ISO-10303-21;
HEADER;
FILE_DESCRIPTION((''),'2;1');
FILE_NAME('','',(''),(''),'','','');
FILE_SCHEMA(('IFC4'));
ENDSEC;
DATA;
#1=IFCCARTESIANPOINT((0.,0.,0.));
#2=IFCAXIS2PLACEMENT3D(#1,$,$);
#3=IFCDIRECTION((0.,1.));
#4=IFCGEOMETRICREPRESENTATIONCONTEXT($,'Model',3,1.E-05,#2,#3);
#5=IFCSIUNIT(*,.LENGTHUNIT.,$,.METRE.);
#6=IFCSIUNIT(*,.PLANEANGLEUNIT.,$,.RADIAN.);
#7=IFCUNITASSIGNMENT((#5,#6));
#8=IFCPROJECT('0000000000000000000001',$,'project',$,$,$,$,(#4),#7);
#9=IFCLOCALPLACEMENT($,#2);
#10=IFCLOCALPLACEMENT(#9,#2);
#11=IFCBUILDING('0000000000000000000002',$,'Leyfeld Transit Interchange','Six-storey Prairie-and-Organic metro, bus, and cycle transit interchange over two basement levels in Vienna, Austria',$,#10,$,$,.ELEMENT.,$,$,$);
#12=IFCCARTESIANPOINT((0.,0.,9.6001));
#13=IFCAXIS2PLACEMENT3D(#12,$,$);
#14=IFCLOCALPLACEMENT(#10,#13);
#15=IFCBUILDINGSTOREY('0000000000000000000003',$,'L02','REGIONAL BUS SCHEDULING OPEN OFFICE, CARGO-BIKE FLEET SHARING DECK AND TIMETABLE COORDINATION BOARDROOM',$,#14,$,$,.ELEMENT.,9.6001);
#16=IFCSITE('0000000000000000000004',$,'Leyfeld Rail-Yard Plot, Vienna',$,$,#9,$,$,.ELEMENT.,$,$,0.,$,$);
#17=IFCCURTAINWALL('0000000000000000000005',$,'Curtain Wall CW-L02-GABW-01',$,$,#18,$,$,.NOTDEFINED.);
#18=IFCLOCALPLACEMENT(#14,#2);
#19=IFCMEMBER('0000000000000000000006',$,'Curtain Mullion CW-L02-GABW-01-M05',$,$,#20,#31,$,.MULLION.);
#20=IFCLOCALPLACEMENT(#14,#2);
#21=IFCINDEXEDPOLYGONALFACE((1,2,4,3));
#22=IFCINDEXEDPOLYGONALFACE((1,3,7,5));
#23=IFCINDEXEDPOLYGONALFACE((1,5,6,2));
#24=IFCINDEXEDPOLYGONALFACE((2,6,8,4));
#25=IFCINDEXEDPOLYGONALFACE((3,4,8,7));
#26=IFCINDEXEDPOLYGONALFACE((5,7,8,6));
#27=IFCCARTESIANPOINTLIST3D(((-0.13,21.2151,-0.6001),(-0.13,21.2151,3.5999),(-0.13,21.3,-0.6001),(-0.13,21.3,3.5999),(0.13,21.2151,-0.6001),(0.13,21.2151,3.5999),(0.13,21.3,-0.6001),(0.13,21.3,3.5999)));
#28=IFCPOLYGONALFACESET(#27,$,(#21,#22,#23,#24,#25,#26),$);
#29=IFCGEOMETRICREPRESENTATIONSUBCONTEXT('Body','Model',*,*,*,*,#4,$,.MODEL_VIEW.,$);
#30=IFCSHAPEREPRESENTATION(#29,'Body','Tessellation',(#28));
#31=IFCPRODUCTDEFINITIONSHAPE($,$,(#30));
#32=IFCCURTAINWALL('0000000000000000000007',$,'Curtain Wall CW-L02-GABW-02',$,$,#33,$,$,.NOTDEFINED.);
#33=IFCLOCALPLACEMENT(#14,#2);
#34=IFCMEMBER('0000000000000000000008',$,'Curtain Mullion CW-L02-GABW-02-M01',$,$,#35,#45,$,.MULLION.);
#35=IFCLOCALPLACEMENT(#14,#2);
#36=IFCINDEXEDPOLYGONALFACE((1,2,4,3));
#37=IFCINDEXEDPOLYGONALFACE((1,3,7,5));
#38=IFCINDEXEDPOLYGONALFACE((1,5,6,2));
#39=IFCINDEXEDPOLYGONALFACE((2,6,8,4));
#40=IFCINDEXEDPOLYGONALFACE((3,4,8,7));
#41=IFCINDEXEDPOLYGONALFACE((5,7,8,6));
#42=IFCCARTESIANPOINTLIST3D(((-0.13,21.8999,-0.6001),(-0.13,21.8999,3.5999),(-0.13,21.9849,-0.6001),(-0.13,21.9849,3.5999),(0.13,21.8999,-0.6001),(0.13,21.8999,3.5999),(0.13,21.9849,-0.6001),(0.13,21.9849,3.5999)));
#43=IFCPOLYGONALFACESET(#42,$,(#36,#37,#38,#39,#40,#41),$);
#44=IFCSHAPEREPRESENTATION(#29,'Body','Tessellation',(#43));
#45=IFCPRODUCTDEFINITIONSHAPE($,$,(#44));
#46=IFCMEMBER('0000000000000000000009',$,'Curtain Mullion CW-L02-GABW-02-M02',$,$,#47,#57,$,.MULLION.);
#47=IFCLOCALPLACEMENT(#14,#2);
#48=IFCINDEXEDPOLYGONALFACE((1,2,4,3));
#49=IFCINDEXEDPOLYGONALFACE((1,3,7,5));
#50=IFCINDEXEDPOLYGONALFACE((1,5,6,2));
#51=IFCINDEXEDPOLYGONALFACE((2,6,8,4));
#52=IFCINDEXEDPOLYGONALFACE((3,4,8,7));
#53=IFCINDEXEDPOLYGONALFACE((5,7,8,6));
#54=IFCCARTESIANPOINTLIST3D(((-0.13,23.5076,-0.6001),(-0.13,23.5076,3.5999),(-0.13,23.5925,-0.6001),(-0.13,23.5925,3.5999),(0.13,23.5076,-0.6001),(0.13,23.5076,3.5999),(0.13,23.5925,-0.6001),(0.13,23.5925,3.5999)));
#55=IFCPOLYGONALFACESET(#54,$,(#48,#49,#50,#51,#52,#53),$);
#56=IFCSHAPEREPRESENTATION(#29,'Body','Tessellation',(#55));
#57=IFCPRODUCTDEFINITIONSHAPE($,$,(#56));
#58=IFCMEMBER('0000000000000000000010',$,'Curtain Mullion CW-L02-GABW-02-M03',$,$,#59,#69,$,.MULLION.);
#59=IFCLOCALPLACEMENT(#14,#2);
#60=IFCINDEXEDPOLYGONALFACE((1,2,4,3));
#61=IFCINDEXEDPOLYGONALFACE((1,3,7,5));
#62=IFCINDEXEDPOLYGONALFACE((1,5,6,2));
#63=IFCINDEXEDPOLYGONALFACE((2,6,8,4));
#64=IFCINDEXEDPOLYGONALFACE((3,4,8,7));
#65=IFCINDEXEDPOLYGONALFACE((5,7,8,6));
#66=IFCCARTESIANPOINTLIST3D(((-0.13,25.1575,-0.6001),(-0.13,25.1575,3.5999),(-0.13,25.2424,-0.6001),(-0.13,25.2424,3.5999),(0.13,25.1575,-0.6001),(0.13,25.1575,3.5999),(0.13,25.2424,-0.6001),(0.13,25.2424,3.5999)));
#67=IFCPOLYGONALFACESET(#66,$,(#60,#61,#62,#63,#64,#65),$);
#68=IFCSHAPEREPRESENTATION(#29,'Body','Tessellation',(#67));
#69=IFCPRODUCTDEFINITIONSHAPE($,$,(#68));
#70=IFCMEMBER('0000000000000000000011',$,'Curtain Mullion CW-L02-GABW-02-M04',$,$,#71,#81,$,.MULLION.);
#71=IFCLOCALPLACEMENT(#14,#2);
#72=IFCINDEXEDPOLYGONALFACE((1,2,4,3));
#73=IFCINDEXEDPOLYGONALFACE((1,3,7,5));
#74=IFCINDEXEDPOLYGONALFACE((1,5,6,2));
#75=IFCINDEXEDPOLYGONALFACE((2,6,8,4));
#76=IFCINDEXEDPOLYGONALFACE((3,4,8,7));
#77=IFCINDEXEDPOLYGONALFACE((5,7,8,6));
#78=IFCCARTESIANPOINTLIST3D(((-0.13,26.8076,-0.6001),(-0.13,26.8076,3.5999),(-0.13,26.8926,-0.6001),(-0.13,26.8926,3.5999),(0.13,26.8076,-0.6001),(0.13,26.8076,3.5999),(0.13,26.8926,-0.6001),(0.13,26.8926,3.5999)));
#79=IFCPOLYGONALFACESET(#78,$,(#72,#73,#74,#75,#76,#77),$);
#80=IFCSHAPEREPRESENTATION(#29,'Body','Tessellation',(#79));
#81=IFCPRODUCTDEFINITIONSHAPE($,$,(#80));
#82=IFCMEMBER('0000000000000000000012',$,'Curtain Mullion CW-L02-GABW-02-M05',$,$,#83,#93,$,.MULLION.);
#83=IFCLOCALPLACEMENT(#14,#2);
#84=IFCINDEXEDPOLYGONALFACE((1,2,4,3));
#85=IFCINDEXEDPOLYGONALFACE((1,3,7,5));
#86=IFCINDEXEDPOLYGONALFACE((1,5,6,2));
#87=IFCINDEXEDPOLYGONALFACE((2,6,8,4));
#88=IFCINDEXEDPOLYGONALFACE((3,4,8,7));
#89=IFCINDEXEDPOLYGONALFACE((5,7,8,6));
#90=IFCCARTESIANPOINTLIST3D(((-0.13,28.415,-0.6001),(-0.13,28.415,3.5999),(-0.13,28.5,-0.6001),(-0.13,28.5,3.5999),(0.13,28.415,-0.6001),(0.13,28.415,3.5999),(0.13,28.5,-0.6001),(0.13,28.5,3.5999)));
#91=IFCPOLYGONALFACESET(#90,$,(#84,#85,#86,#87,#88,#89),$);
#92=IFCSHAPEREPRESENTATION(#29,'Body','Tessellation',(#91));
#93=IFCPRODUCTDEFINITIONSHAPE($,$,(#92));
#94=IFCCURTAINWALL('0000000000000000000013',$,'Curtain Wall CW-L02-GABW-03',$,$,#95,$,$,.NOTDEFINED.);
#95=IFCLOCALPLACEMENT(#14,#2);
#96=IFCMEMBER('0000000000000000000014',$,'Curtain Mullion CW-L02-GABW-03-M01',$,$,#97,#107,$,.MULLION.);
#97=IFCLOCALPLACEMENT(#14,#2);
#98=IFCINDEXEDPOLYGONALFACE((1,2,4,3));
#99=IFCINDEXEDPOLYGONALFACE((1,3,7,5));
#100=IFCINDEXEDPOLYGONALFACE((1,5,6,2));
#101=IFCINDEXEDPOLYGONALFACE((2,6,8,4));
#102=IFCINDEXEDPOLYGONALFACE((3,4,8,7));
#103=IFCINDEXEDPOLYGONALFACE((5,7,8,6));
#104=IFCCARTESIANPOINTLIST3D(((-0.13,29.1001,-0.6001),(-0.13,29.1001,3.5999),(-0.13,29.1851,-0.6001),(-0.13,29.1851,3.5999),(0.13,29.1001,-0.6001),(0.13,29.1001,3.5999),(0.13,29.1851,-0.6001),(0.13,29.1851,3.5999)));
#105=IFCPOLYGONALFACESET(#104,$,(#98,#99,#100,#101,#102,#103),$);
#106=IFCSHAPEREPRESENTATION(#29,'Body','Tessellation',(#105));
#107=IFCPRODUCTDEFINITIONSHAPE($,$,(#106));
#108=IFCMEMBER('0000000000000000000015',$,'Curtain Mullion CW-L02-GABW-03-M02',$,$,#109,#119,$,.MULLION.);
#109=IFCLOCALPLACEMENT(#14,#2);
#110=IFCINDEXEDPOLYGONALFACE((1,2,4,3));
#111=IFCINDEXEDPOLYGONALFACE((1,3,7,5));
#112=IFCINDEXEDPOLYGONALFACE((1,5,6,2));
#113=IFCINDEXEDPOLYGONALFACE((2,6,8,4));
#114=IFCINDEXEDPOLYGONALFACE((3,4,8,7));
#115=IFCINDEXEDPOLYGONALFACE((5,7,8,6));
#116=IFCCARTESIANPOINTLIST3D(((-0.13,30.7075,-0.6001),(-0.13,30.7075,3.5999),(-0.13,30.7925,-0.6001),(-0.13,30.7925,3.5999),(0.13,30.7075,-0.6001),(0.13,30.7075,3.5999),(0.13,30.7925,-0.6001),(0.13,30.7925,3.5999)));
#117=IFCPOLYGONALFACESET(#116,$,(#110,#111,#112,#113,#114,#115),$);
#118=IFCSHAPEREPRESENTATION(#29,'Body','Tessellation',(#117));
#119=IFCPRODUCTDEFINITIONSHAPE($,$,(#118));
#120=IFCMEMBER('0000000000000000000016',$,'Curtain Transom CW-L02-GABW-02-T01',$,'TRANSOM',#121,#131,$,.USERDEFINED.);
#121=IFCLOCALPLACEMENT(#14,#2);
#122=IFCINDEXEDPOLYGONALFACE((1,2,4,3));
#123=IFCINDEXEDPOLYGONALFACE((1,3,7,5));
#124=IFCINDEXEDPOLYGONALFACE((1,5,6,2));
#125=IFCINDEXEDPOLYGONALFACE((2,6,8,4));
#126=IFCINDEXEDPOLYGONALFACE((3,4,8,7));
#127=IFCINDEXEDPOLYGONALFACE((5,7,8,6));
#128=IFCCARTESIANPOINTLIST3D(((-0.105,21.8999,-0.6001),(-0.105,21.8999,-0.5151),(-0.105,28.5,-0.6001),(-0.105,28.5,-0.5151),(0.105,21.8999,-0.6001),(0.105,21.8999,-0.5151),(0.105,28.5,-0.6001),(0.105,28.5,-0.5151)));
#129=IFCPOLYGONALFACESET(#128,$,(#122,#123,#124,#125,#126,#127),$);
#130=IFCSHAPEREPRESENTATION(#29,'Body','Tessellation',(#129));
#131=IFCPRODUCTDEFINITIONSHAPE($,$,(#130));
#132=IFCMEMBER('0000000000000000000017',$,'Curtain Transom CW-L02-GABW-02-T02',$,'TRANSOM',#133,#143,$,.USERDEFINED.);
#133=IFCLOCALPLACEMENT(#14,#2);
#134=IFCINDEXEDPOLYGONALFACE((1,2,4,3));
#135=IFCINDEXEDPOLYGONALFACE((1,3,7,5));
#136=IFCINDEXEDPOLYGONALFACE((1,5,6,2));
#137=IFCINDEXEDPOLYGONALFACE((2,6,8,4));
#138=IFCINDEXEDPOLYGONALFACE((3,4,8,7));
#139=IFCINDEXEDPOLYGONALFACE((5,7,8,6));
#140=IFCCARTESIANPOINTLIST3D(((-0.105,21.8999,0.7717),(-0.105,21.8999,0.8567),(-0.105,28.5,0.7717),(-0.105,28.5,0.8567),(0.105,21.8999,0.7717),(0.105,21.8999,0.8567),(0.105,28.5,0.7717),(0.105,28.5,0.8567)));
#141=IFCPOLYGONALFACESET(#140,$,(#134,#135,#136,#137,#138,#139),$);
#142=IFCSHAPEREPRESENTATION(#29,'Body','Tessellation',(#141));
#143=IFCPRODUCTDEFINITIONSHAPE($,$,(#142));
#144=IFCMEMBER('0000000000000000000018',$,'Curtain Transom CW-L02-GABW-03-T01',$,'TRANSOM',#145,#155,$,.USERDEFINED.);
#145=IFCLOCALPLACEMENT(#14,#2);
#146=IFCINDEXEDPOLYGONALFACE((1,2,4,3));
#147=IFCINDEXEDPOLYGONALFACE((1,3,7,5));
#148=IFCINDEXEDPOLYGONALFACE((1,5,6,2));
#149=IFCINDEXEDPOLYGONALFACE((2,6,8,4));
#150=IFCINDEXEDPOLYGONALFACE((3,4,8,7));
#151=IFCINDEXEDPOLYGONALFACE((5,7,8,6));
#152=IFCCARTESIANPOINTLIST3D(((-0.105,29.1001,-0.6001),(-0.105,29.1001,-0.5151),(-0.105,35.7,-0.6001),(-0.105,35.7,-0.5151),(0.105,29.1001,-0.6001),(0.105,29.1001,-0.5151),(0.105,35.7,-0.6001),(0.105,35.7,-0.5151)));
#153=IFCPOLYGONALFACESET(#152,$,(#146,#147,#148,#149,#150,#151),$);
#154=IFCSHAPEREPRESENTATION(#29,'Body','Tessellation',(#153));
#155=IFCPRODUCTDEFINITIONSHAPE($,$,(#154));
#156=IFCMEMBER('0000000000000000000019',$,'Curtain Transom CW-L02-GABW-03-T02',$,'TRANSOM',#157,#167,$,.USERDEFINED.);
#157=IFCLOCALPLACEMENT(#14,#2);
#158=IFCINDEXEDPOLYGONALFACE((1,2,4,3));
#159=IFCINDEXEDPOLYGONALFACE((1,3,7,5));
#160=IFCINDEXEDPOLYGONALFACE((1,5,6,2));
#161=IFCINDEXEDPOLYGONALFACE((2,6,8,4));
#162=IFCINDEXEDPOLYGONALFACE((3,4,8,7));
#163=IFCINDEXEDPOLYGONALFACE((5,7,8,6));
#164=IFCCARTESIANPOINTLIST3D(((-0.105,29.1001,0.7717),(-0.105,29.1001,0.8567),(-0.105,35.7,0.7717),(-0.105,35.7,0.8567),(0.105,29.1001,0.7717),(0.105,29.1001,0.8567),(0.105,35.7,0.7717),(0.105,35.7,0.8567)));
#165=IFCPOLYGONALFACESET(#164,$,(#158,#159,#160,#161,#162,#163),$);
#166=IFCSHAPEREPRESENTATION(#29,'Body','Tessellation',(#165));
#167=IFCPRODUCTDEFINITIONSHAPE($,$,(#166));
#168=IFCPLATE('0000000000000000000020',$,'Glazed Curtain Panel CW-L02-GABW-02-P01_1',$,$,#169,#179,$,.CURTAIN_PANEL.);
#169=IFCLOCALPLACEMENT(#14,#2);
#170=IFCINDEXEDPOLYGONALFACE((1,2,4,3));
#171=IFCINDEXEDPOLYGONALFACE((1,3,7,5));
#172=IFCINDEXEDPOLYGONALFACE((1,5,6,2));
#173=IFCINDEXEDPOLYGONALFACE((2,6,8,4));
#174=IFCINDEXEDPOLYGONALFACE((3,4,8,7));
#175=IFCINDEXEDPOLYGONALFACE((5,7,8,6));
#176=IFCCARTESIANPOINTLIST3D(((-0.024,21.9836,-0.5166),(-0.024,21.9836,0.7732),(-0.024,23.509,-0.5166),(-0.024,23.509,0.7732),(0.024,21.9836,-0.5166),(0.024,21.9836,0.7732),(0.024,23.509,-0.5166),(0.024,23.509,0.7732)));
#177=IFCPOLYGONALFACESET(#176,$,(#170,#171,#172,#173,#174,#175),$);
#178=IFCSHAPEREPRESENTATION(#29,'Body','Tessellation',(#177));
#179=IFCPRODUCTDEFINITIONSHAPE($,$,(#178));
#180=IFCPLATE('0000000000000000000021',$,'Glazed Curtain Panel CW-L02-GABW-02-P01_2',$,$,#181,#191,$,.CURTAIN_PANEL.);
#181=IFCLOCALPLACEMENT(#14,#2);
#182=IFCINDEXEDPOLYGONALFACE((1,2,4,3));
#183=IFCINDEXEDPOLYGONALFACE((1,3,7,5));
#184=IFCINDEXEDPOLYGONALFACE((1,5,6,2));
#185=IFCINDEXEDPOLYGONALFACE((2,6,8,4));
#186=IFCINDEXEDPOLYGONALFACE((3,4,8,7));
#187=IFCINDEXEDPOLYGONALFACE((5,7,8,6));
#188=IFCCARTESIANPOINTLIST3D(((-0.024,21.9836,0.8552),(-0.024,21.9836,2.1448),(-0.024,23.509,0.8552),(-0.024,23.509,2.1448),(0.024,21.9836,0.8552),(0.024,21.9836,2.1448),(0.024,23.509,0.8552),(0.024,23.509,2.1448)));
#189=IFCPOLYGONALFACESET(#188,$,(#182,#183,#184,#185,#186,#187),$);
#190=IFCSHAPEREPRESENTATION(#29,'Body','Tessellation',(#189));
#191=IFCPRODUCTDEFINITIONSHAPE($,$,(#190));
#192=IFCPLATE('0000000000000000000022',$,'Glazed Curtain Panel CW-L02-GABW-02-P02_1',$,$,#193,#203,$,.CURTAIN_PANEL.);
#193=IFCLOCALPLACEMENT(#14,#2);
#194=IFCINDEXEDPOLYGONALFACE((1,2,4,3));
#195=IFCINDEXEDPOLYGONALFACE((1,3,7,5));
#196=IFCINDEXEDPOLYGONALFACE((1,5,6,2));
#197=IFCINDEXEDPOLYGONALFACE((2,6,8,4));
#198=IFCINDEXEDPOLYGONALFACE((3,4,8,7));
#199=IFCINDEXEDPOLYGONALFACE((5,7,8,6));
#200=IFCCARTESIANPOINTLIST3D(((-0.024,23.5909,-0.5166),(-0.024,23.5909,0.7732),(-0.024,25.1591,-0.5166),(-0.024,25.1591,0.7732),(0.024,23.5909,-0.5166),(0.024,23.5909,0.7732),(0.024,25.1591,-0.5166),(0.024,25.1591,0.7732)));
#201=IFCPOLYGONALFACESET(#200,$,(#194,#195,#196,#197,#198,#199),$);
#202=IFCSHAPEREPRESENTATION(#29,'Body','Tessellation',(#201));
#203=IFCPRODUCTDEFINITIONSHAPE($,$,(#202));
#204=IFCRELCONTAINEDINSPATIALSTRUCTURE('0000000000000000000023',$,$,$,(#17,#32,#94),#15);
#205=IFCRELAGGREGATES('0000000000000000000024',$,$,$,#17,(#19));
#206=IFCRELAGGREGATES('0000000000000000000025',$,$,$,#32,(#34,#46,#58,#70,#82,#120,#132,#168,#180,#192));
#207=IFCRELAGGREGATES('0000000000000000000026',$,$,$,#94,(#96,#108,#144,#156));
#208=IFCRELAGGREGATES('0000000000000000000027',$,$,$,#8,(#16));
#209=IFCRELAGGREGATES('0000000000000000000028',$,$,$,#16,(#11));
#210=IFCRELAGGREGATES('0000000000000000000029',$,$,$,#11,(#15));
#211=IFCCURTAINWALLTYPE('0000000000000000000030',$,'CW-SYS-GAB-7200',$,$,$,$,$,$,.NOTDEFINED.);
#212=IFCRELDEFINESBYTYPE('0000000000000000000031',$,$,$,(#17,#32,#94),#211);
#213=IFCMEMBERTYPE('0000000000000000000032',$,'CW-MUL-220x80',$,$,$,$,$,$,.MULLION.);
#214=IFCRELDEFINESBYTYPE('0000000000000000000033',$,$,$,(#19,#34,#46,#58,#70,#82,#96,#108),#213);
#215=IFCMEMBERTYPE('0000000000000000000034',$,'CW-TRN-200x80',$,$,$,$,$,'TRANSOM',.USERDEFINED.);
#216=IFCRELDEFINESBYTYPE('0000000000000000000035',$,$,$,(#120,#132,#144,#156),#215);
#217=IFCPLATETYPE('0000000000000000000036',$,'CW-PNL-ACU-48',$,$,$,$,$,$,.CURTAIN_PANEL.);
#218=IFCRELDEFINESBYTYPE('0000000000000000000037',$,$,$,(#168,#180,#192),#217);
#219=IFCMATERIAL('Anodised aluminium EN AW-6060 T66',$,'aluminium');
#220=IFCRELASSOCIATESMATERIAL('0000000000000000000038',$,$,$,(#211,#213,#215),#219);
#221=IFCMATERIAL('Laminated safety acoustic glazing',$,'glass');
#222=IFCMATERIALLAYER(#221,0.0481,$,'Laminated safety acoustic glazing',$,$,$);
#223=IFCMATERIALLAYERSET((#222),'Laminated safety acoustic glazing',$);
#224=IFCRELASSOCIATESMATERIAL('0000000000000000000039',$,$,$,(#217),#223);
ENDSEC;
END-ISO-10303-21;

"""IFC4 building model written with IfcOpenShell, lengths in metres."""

from ifc_helpers import new_model, si_unit, direction, frame, origin, origin_2d, place, context, subcontext, project, spatial, rectangle, extrude, material, layer, layer_set, material_profile, profile_set, type_object, element, aggregate, save


model = new_model("IFC4")

# Units and contexts
model_context = context("Model", 3, precision=1e-05, world=origin(), true_north=direction((0.0, 1.0)))
body_context = subcontext(model_context, "Body", "Model", "MODEL_VIEW")
ifc_project = project(units=[si_unit("LENGTHUNIT", "METRE"), si_unit("PLANEANGLEUNIT", "RADIAN")], contexts=[model_context])

# Site, building, storey
site_placement = place(None, origin())
site = spatial("IfcSite", under=ifc_project, at=site_placement, Name="Leyfeld Rail-Yard Plot, Vienna", CompositionType="ELEMENT", RefElevation=0.0)
building_placement = place(site_placement, origin())
building = spatial("IfcBuilding", under=site, at=building_placement, Name="Leyfeld Transit Interchange", Description="Six-storey Prairie-and-Organic metro, bus, and cycle transit interchange over two basement levels in Vienna, Austria", CompositionType="ELEMENT")
storey_placement = place(building_placement, frame((0.0, 0.0, 9.6001)))
storey = spatial("IfcBuildingStorey", under=building, at=storey_placement, Name="L02", Description="REGIONAL BUS SCHEDULING OPEN OFFICE, CARGO-BIKE FLEET SHARING DECK AND TIMETABLE COORDINATION BOARDROOM", CompositionType="ELEMENT", Elevation=9.6001)

# Curtain wall, member
ifc_material_1 = material(Name="Anodised aluminium EN AW-6060 T66", Category="aluminium")
curtain_wall_type = type_object("IfcCurtainWallType", Name="CW-SYS-GAB-7200", PredefinedType="NOTDEFINED", material=ifc_material_1)
curtain_wall_1_placement = place(storey_placement, origin())
curtain_wall_1 = element("IfcCurtainWall", 1, at=curtain_wall_1_placement, inside=storey, type_object=curtain_wall_type, Name="Curtain Wall CW-L02-GABW-01", PredefinedType="NOTDEFINED")
ifc_material_profile_1 = material_profile(ifc_material_1, rectangle(XDim=0.085, YDim=0.26, at=origin_2d()), Name="CW-M 85x260")
ifc_profile_set_1 = profile_set([ifc_material_profile_1], Name="Anodised aluminium EN AW-6060 T66")
member_type_1 = type_object("IfcMemberType", Name="CW-MUL-220x80", PredefinedType="MULLION", material=ifc_profile_set_1)
member_1_placement = place(storey_placement, frame((0.0, 21.2576, -0.6001), z_axis=(0.0, 0.0, 1.0), x_axis=(0.0, 1.0, 0.0)))
member_1 = element("IfcMember", 2, at=member_1_placement, type_object=member_type_1, Name="Curtain Mullion CW-L02-GABW-01-M05", PredefinedType="MULLION", context=body_context, shape_type="SweptSolid", body=[
    extrude(rectangle(XDim=0.085, YDim=0.26, at=origin_2d()), origin(), (0.0, 0.0, 1.0), 4.2),
])
aggregate(curtain_wall_1, [member_1])

# Curtain walls, members
curtain_wall_2_placement = place(storey_placement, origin())
curtain_wall_2 = element("IfcCurtainWall", 3, at=curtain_wall_2_placement, inside=storey, type_object=curtain_wall_type, Name="Curtain Wall CW-L02-GABW-02", PredefinedType="NOTDEFINED")
member_2_placement = place(storey_placement, frame((0.0, 21.9424, -0.6001), z_axis=(0.0, 0.0, 1.0), x_axis=(0.0, 1.0, 0.0)))
member_2 = element("IfcMember", 4, at=member_2_placement, type_object=member_type_1, Name="Curtain Mullion CW-L02-GABW-02-M01", PredefinedType="MULLION", context=body_context, shape_type="SweptSolid", body=[
    extrude(rectangle(XDim=0.085, YDim=0.26, at=origin_2d()), origin(), (0.0, 0.0, 1.0), 4.2),
])
member_3_placement = place(storey_placement, frame((0.0, 23.55, -0.6001), z_axis=(0.0, 0.0, 1.0), x_axis=(0.0, 1.0, 0.0)))
member_3 = element("IfcMember", 5, at=member_3_placement, type_object=member_type_1, Name="Curtain Mullion CW-L02-GABW-02-M02", PredefinedType="MULLION", context=body_context, shape_type="SweptSolid", body=[
    extrude(rectangle(XDim=0.085, YDim=0.26, at=origin_2d()), origin(), (0.0, 0.0, 1.0), 4.2),
])
member_4_placement = place(storey_placement, frame((0.0, 25.2, -0.6001), z_axis=(0.0, 0.0, 1.0), x_axis=(0.0, 1.0, 0.0)))
member_4 = element("IfcMember", 6, at=member_4_placement, type_object=member_type_1, Name="Curtain Mullion CW-L02-GABW-02-M03", PredefinedType="MULLION", context=body_context, shape_type="SweptSolid", body=[
    extrude(rectangle(XDim=0.085, YDim=0.26, at=origin_2d()), origin(), (0.0, 0.0, 1.0), 4.2),
])
member_5_placement = place(storey_placement, frame((0.0, 26.8501, -0.6001), z_axis=(0.0, 0.0, 1.0), x_axis=(0.0, 1.0, 0.0)))
member_5 = element("IfcMember", 7, at=member_5_placement, type_object=member_type_1, Name="Curtain Mullion CW-L02-GABW-02-M04", PredefinedType="MULLION", context=body_context, shape_type="SweptSolid", body=[
    extrude(rectangle(XDim=0.085, YDim=0.26, at=origin_2d()), origin(), (0.0, 0.0, 1.0), 4.2),
])
member_6_placement = place(storey_placement, frame((0.0, 28.4575, -0.6001), z_axis=(0.0, 0.0, 1.0), x_axis=(0.0, 1.0, 0.0)))
member_6 = element("IfcMember", 8, at=member_6_placement, type_object=member_type_1, Name="Curtain Mullion CW-L02-GABW-02-M05", PredefinedType="MULLION", context=body_context, shape_type="SweptSolid", body=[
    extrude(rectangle(XDim=0.085, YDim=0.26, at=origin_2d()), origin(), (0.0, 0.0, 1.0), 4.2),
])
curtain_wall_3_placement = place(storey_placement, origin())
curtain_wall_3 = element("IfcCurtainWall", 9, at=curtain_wall_3_placement, inside=storey, type_object=curtain_wall_type, Name="Curtain Wall CW-L02-GABW-03", PredefinedType="NOTDEFINED")
member_7_placement = place(storey_placement, frame((0.0, 29.1426, -0.6001), z_axis=(0.0, 0.0, 1.0), x_axis=(0.0, 1.0, 0.0)))
member_7 = element("IfcMember", 10, at=member_7_placement, type_object=member_type_1, Name="Curtain Mullion CW-L02-GABW-03-M01", PredefinedType="MULLION", context=body_context, shape_type="SweptSolid", body=[
    extrude(rectangle(XDim=0.085, YDim=0.26, at=origin_2d()), origin(), (0.0, 0.0, 1.0), 4.2),
])
member_8_placement = place(storey_placement, frame((0.0, 30.75, -0.6001), z_axis=(0.0, 0.0, 1.0), x_axis=(0.0, 1.0, 0.0)))
member_8 = element("IfcMember", 11, at=member_8_placement, type_object=member_type_1, Name="Curtain Mullion CW-L02-GABW-03-M02", PredefinedType="MULLION", context=body_context, shape_type="SweptSolid", body=[
    extrude(rectangle(XDim=0.085, YDim=0.26, at=origin_2d()), origin(), (0.0, 0.0, 1.0), 4.2),
])

# Members
ifc_material_profile_2 = material_profile(ifc_material_1, rectangle(XDim=0.21, YDim=0.085, at=origin_2d()), Name="CW-TRN-200x80")
ifc_profile_set_2 = profile_set([ifc_material_profile_2], Name="Anodised aluminium EN AW-6060 T66")
member_type_2 = type_object("IfcMemberType", Name="CW-TRN-200x80", ElementType="TRANSOM", PredefinedType="USERDEFINED", material=ifc_profile_set_2)
member_9_placement = place(storey_placement, frame((0.0, 21.8999, -0.5576), z_axis=(0.0, 1.0, 0.0), x_axis=(-1.0, 0.0, 0.0)))
member_9 = element("IfcMember", 12, at=member_9_placement, type_object=member_type_2, Name="Curtain Transom CW-L02-GABW-02-T01", ObjectType="TRANSOM", PredefinedType="USERDEFINED", context=body_context, shape_type="SweptSolid", body=[
    extrude(rectangle(XDim=0.21, YDim=0.085, at=origin_2d()), origin(), (0.0, 0.0, 1.0), 6.6001),
])
member_10_placement = place(storey_placement, frame((0.0, 21.8999, 0.8142), z_axis=(0.0, 1.0, 0.0), x_axis=(-1.0, 0.0, 0.0)))
member_10 = element("IfcMember", 13, at=member_10_placement, type_object=member_type_2, Name="Curtain Transom CW-L02-GABW-02-T02", ObjectType="TRANSOM", PredefinedType="USERDEFINED", context=body_context, shape_type="SweptSolid", body=[
    extrude(rectangle(XDim=0.21, YDim=0.085, at=origin_2d()), origin(), (0.0, 0.0, 1.0), 6.6001),
])
member_11_placement = place(storey_placement, frame((0.0, 29.1001, -0.5576), z_axis=(0.0, 1.0, 0.0), x_axis=(-1.0, 0.0, 0.0)))
member_11 = element("IfcMember", 14, at=member_11_placement, type_object=member_type_2, Name="Curtain Transom CW-L02-GABW-03-T01", ObjectType="TRANSOM", PredefinedType="USERDEFINED", context=body_context, shape_type="SweptSolid", body=[
    extrude(rectangle(XDim=0.21, YDim=0.085, at=origin_2d()), origin(), (0.0, 0.0, 1.0), 6.5999),
])
member_12_placement = place(storey_placement, frame((0.0, 29.1001, 0.8142), z_axis=(0.0, 1.0, 0.0), x_axis=(-1.0, 0.0, 0.0)))
member_12 = element("IfcMember", 15, at=member_12_placement, type_object=member_type_2, Name="Curtain Transom CW-L02-GABW-03-T02", ObjectType="TRANSOM", PredefinedType="USERDEFINED", context=body_context, shape_type="SweptSolid", body=[
    extrude(rectangle(XDim=0.21, YDim=0.085, at=origin_2d()), origin(), (0.0, 0.0, 1.0), 6.5999),
])

# Plates
ifc_material_2 = material(Name="Laminated safety acoustic glazing", Category="glass")
ifc_layer = layer(ifc_material_2, 0.0481, Name="Laminated safety acoustic glazing")
ifc_layer_set = layer_set([ifc_layer], Name="Laminated safety acoustic glazing")
plate_type = type_object("IfcPlateType", Name="CW-PNL-ACU-48", PredefinedType="CURTAIN_PANEL", material=ifc_layer_set)
plate_1_placement = place(storey_placement, frame((0.0, 22.7463, -0.5166), z_axis=(0.0, 0.0, 1.0), x_axis=(0.0, 1.0, 0.0)))
plate_1 = element("IfcPlate", 16, at=plate_1_placement, type_object=plate_type, Name="Glazed Curtain Panel CW-L02-GABW-02-P01_1", PredefinedType="CURTAIN_PANEL", context=body_context, shape_type="SweptSolid", body=[
    extrude(rectangle(XDim=1.5254, YDim=0.0481, at=origin_2d()), origin(), (0.0, 0.0, 1.0), 1.2898),
])
plate_2_placement = place(storey_placement, frame((0.0, 22.7463, 0.8552), z_axis=(0.0, 0.0, 1.0), x_axis=(0.0, 1.0, 0.0)))
plate_2 = element("IfcPlate", 17, at=plate_2_placement, type_object=plate_type, Name="Glazed Curtain Panel CW-L02-GABW-02-P01_2", PredefinedType="CURTAIN_PANEL", context=body_context, shape_type="SweptSolid", body=[
    extrude(rectangle(XDim=1.5254, YDim=0.0481, at=origin_2d()), origin(), (0.0, 0.0, 1.0), 1.2896),
])
plate_3_placement = place(storey_placement, frame((0.0, 24.375, -0.5166), z_axis=(0.0, 0.0, 1.0), x_axis=(0.0, 1.0, 0.0)))
plate_3 = element("IfcPlate", 18, at=plate_3_placement, type_object=plate_type, Name="Glazed Curtain Panel CW-L02-GABW-02-P02_1", PredefinedType="CURTAIN_PANEL", context=body_context, shape_type="SweptSolid", body=[
    extrude(rectangle(XDim=1.5681, YDim=0.0481, at=origin_2d()), origin(), (0.0, 0.0, 1.0), 1.2898),
])
aggregate(curtain_wall_2, [member_2, member_3, member_4, member_5, member_6, member_9, member_10, plate_1, plate_2, plate_3])
aggregate(curtain_wall_3, [member_7, member_8, member_11, member_12])

save(model, "model.ifc")
